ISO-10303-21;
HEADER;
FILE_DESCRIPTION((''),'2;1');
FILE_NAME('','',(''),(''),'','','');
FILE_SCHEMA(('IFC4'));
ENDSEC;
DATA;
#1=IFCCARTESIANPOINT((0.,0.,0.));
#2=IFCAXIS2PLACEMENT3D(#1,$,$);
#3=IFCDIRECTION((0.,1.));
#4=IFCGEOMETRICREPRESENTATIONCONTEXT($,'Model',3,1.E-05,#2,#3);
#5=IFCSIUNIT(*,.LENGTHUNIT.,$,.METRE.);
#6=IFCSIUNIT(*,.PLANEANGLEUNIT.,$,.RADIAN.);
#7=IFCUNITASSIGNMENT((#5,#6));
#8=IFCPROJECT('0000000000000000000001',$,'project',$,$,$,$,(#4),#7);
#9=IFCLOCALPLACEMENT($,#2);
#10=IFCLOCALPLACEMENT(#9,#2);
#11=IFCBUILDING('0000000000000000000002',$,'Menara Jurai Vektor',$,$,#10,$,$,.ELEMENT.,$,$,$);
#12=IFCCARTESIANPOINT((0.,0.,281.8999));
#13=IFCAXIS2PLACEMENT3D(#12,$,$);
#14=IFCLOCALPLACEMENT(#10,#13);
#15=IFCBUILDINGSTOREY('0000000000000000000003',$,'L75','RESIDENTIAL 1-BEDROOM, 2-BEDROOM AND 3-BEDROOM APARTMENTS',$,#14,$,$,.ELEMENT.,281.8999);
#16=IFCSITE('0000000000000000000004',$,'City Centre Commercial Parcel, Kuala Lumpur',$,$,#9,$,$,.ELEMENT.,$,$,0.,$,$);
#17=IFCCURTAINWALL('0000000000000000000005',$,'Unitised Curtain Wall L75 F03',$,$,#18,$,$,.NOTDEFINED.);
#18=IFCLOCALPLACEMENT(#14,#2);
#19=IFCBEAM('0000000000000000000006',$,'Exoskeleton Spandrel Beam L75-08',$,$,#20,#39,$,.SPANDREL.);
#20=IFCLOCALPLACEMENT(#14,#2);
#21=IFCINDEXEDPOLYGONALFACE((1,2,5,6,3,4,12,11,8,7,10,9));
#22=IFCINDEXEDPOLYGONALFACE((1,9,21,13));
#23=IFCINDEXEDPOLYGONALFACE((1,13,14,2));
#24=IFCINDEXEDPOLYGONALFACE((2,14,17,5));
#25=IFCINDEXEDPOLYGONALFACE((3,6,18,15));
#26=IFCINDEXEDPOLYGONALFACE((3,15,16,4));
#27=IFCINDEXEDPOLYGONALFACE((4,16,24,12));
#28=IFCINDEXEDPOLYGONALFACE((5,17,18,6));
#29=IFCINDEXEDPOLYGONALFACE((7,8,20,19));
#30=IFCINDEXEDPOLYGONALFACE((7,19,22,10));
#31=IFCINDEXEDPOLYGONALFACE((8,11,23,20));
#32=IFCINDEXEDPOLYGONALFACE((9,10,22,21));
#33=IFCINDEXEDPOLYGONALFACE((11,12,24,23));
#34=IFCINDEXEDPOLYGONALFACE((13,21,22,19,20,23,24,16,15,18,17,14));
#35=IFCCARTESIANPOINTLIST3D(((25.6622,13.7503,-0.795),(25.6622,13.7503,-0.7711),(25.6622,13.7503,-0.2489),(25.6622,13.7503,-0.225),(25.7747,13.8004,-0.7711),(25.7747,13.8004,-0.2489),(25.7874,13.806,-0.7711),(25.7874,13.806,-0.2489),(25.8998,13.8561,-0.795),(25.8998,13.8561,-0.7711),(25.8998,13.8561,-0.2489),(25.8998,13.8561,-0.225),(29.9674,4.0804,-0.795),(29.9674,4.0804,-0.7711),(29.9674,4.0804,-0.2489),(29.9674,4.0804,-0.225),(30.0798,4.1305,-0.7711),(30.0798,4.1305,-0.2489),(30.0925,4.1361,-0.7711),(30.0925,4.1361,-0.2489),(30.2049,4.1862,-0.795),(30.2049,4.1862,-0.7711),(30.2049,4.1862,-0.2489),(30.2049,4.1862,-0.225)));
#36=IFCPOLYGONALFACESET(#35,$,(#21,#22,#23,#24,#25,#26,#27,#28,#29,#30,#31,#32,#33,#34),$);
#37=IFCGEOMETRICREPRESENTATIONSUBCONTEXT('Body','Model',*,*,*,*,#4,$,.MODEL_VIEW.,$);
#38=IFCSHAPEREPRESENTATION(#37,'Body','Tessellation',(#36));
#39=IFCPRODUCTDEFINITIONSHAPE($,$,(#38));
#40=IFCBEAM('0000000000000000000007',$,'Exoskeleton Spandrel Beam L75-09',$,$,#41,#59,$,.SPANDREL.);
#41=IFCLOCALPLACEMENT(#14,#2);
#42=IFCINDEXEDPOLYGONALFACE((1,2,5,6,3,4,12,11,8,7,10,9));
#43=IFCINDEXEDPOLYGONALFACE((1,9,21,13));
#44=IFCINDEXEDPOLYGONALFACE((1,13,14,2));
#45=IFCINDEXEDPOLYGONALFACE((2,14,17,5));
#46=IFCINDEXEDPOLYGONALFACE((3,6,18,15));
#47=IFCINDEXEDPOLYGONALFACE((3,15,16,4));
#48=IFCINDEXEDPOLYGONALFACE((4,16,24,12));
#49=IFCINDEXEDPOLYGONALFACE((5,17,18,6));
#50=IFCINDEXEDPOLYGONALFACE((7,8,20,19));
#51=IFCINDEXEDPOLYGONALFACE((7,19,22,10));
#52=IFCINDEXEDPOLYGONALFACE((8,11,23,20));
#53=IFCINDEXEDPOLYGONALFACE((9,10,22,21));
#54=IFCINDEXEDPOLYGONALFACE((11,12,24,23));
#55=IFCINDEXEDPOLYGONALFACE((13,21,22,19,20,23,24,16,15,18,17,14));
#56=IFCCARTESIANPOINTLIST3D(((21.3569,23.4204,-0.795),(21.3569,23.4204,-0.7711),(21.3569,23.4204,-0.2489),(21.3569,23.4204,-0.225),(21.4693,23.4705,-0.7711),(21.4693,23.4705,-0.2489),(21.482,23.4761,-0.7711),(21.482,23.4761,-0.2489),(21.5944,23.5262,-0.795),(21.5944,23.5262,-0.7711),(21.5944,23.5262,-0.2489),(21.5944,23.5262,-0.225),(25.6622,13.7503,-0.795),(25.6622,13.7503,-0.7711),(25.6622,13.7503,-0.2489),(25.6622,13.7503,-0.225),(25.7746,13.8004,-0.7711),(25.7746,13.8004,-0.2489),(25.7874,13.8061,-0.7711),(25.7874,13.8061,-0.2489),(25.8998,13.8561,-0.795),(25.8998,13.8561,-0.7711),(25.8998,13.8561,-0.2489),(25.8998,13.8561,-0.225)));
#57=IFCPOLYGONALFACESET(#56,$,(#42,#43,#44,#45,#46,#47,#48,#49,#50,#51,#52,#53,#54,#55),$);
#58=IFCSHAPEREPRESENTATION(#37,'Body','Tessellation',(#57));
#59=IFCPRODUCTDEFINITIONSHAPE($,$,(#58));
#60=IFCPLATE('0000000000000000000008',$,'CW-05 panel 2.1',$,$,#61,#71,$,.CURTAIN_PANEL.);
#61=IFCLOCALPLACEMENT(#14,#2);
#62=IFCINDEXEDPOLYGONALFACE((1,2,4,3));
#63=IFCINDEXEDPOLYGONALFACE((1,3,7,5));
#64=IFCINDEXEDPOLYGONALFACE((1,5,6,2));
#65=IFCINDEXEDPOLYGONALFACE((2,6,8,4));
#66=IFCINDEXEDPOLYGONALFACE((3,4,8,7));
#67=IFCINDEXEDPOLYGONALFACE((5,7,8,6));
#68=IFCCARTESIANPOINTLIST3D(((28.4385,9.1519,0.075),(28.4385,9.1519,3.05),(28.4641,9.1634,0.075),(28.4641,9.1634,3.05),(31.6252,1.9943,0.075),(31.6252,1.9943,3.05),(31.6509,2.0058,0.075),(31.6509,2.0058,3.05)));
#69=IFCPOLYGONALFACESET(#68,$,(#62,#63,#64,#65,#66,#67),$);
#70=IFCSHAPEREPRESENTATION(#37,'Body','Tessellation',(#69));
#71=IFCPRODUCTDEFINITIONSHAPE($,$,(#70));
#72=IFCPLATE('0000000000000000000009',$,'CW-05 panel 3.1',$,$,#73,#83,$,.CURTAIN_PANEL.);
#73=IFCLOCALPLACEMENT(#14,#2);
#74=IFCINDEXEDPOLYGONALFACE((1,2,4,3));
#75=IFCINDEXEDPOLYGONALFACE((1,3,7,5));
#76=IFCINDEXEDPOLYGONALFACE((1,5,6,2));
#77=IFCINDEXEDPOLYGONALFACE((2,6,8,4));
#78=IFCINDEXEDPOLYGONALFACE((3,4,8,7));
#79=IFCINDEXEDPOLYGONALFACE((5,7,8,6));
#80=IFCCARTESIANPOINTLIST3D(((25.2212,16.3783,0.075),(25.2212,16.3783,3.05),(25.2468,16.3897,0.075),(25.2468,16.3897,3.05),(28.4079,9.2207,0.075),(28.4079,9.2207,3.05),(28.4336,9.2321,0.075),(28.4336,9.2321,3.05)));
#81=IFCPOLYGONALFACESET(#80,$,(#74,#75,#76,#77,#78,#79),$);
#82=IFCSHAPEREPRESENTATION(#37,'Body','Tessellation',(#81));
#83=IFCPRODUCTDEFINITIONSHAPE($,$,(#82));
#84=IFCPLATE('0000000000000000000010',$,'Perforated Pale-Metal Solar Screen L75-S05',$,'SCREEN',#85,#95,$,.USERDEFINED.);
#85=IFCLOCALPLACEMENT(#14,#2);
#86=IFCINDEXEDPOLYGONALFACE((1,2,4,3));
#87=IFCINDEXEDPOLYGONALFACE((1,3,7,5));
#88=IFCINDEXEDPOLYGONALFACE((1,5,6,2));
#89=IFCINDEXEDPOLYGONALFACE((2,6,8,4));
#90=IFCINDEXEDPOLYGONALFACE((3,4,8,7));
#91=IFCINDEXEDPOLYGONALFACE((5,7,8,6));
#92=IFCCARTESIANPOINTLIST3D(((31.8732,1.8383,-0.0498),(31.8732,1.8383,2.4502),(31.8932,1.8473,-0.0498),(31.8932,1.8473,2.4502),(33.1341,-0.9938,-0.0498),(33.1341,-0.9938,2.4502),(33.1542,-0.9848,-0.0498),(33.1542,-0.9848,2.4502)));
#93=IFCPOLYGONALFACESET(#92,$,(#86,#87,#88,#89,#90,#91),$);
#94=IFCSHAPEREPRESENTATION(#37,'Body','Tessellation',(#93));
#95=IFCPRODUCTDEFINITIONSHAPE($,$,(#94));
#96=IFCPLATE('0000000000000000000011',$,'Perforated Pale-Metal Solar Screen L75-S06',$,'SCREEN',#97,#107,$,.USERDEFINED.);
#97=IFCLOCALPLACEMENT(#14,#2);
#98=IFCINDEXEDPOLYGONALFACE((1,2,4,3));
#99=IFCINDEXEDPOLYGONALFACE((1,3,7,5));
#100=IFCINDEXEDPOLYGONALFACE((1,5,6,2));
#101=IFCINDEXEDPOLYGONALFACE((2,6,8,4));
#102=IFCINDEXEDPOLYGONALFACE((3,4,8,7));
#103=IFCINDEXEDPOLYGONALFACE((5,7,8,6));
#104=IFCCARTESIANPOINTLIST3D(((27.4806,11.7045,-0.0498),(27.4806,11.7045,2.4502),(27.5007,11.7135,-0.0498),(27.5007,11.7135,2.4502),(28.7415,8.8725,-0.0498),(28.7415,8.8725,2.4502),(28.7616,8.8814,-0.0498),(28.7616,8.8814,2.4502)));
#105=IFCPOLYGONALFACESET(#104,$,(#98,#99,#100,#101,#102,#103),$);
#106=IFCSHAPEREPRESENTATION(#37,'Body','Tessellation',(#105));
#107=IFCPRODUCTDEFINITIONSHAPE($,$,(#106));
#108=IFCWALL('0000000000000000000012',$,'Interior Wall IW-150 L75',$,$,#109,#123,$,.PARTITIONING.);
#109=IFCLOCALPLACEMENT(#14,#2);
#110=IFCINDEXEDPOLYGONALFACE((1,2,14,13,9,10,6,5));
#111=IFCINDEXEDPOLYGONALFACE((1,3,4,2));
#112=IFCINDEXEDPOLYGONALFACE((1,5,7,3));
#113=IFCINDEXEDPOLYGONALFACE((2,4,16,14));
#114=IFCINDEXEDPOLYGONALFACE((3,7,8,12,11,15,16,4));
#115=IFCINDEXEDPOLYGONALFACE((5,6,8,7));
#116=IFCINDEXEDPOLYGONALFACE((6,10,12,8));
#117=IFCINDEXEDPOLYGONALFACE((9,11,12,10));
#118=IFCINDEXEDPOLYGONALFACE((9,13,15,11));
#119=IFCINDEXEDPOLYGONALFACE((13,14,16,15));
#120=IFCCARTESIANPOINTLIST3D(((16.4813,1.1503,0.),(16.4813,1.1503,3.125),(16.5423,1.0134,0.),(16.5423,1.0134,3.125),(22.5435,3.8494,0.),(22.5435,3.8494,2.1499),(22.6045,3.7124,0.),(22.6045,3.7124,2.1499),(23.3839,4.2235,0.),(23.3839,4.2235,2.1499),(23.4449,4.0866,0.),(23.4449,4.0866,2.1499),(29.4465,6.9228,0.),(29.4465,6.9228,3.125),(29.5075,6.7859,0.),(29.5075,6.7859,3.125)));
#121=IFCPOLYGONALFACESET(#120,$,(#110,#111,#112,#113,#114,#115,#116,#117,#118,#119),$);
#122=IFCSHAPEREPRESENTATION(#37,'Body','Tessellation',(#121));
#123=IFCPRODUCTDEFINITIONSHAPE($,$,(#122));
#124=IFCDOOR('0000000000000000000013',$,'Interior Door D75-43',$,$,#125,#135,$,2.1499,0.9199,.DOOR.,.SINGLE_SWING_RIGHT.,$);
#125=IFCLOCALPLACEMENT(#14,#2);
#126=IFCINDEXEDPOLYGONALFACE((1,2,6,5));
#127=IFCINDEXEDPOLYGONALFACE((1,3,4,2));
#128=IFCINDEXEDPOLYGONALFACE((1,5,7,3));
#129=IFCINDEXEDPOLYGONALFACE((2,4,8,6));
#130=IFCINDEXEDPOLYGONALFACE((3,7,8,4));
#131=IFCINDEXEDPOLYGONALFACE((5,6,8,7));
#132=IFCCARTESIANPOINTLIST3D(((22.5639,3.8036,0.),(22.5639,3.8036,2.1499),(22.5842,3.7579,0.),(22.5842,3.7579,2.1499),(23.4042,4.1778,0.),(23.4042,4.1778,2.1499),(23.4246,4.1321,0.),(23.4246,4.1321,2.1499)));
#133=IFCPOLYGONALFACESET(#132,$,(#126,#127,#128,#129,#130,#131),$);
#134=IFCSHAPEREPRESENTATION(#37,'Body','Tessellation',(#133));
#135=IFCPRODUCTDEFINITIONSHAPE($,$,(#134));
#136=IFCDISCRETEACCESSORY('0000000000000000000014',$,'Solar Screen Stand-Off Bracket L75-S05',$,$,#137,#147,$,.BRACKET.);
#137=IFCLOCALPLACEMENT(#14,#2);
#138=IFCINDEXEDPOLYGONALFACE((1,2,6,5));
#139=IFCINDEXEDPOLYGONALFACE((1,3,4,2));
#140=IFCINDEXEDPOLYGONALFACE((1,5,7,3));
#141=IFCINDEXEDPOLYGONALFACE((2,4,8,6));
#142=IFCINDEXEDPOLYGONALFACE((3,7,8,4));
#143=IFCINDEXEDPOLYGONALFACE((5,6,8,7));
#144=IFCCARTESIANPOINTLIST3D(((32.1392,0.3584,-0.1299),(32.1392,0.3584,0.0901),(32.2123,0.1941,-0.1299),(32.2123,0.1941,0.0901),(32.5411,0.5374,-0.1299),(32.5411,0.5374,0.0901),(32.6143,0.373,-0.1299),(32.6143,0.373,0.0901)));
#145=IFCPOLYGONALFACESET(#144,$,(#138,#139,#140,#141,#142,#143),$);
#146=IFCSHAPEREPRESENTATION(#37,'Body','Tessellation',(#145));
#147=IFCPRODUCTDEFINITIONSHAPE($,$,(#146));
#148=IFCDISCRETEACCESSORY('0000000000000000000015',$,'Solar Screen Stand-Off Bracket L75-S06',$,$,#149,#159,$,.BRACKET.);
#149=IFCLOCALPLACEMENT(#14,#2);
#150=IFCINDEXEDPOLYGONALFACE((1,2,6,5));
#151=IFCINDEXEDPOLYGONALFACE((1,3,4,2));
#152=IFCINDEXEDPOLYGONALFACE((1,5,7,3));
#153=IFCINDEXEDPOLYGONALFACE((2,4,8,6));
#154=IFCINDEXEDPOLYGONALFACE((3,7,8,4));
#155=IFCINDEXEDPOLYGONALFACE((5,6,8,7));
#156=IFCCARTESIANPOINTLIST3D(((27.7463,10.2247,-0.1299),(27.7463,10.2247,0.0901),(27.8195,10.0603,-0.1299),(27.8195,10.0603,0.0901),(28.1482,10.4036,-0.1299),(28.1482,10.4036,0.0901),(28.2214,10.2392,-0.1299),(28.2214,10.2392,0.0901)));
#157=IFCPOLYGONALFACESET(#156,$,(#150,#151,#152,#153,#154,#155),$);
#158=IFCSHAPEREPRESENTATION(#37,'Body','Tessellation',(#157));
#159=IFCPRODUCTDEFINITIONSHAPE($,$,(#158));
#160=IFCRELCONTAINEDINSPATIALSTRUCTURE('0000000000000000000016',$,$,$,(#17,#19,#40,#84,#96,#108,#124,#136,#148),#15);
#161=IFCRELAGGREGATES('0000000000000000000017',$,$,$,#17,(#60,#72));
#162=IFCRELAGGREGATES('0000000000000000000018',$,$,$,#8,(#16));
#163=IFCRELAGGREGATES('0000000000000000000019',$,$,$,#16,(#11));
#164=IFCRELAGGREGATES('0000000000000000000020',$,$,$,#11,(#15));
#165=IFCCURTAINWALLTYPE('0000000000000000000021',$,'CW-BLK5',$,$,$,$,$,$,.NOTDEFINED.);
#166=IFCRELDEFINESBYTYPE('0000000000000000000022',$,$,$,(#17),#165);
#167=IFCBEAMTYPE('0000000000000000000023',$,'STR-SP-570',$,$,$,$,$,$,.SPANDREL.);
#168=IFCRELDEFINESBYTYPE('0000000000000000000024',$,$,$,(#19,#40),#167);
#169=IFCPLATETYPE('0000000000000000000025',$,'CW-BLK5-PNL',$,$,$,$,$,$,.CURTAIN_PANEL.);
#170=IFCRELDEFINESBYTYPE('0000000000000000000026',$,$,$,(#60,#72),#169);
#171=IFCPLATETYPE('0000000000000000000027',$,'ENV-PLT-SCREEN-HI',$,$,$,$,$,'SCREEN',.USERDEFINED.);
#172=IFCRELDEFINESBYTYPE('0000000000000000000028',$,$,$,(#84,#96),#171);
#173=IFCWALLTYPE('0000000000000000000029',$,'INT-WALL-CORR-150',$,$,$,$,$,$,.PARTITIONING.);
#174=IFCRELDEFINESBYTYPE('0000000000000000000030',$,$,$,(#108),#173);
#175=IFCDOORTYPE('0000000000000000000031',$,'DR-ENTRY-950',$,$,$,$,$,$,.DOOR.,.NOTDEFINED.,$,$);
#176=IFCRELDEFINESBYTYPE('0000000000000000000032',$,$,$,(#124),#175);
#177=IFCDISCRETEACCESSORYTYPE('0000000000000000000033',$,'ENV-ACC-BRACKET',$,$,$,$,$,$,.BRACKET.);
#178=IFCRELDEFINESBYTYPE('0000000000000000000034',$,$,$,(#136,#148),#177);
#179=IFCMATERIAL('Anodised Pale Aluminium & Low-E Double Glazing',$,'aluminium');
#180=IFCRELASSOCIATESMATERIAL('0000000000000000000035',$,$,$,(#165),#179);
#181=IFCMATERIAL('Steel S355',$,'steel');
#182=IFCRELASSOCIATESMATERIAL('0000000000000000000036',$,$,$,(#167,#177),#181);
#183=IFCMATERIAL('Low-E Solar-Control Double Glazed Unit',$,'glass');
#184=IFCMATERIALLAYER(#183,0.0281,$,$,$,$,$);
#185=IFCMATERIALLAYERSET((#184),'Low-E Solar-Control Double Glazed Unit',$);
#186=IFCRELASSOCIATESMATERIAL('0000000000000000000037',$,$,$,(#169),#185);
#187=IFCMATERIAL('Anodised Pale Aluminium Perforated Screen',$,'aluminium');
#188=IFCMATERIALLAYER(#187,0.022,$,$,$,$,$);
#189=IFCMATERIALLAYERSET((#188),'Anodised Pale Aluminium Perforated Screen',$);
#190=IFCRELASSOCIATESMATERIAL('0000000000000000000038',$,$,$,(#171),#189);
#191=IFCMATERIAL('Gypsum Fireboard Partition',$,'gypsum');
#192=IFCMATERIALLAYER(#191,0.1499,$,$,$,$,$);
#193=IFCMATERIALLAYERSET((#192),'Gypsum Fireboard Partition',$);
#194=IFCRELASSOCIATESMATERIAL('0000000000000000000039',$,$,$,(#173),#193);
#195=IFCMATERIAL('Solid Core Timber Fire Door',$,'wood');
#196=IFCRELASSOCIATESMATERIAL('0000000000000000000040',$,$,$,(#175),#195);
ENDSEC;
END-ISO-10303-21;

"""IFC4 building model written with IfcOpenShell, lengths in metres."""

from ifc_helpers import new_model, si_unit, direction, frame, frame_2d, origin, origin_2d, place, context, subcontext, project, spatial, rectangle, i_section, extrude, material, layer, layer_set, material_profile, profile_set, type_object, element, fill, aggregate, save


model = new_model("IFC4")

# Units and contexts
model_context = context("Model", 3, precision=1e-05, world=origin(), true_north=direction((0.0, 1.0)))
body_context = subcontext(model_context, "Body", "Model", "MODEL_VIEW")
ifc_project = project(units=[si_unit("LENGTHUNIT", "METRE"), si_unit("PLANEANGLEUNIT", "RADIAN")], contexts=[model_context])

# Site, building, storey
site_placement = place(None, origin())
site = spatial("IfcSite", under=ifc_project, at=site_placement, Name="City Centre Commercial Parcel, Kuala Lumpur", CompositionType="ELEMENT", RefElevation=0.0)
building_placement = place(site_placement, origin())
building = spatial("IfcBuilding", under=site, at=building_placement, Name="Menara Jurai Vektor", CompositionType="ELEMENT")
storey_placement = place(building_placement, frame((0.0, 0.0, 281.8999)))
storey = spatial("IfcBuildingStorey", under=building, at=storey_placement, Name="L75", Description="RESIDENTIAL 1-BEDROOM, 2-BEDROOM AND 3-BEDROOM APARTMENTS", CompositionType="ELEMENT", Elevation=281.8999)

# Curtain wall
ifc_material_1 = material(Name="Anodised Pale Aluminium & Low-E Double Glazing", Category="aluminium")
curtain_wall_type = type_object("IfcCurtainWallType", Name="CW-BLK5", PredefinedType="NOTDEFINED", material=ifc_material_1)
curtain_wall_placement = place(storey_placement, origin())
curtain_wall = element("IfcCurtainWall", 1, at=curtain_wall_placement, inside=storey, type_object=curtain_wall_type, Name="Unitised Curtain Wall L75 F03", PredefinedType="NOTDEFINED")

# Beams
ifc_material_2 = material(Name="Steel S355", Category="steel")
ifc_material_profile_1 = material_profile(ifc_material_2, i_section(OverallWidth=0.26, OverallDepth=0.5701, WebThickness=0.0139, FlangeThickness=0.0239, at=origin_2d()), Name="PG 570x260x145")
ifc_profile_set_1 = profile_set([ifc_material_profile_1], Name="Steel S355")
beam_type_1 = type_object("IfcBeamType", Name="STR-SP-570", PredefinedType="SPANDREL", material=ifc_profile_set_1)
beam_1_placement = place(storey_placement, frame((30.0862, 4.1333, -0.51), z_axis=(-0.406725, 0.913551, 0.0), x_axis=(-0.913551, -0.406725, 0.0)))
element("IfcBeam", 2, at=beam_1_placement, inside=storey, type_object=beam_type_1, Name="Exoskeleton Spandrel Beam L75-08", PredefinedType="SPANDREL", context=body_context, shape_type="SweptSolid", body=[
    extrude(i_section(OverallWidth=0.26, OverallDepth=0.5701, WebThickness=0.0139, FlangeThickness=0.0239, at=origin_2d()), origin(), (0.0, 0.0, 1.0), 10.585),
])
beam_2_placement = place(storey_placement, frame((25.781, 13.8032, -0.51), z_axis=(-0.406735, 0.913546, 0.0), x_axis=(-0.913546, -0.406735, 0.0)))
element("IfcBeam", 3, at=beam_2_placement, inside=storey, type_object=beam_type_1, Name="Exoskeleton Spandrel Beam L75-09", PredefinedType="SPANDREL", context=body_context, shape_type="SweptSolid", body=[
    extrude(i_section(OverallWidth=0.26, OverallDepth=0.5701, WebThickness=0.0139, FlangeThickness=0.0239, at=origin_2d()), origin(), (0.0, 0.0, 1.0), 10.5852),
])

# Plates
ifc_material_3 = material(Name="Low-E Solar-Control Double Glazed Unit", Category="glass")
ifc_layer_1 = layer(ifc_material_3, 0.0281)
ifc_layer_set_1 = layer_set([ifc_layer_1], Name="Low-E Solar-Control Double Glazed Unit")
plate_type_1 = type_object("IfcPlateType", Name="CW-BLK5-PNL", PredefinedType="CURTAIN_PANEL", material=ifc_layer_set_1)
plate_1_placement = place(storey_placement, frame((30.0447, 5.5789, 0.075), z_axis=(0.0, 0.0, 1.0), x_axis=(-0.406735, 0.913546, 0.0)))
plate_1 = element("IfcPlate", 4, at=plate_1_placement, type_object=plate_type_1, Name="CW-05 panel 2.1", PredefinedType="CURTAIN_PANEL", context=body_context, shape_type="SweptSolid", body=[
    extrude(rectangle(XDim=7.835, YDim=0.0281, at=origin_2d()), origin(), (0.0, 0.0, 1.0), 2.9751),
])
plate_2_placement = place(storey_placement, frame((26.8274, 12.8052, 0.075), z_axis=(0.0, 0.0, 1.0), x_axis=(-0.406735, 0.913546, 0.0)))
plate_2 = element("IfcPlate", 5, at=plate_2_placement, type_object=plate_type_1, Name="CW-05 panel 3.1", PredefinedType="CURTAIN_PANEL", context=body_context, shape_type="SweptSolid", body=[
    extrude(rectangle(XDim=7.835, YDim=0.0281, at=origin_2d()), origin(), (0.0, 0.0, 1.0), 2.9751),
])
aggregate(curtain_wall, [plate_1, plate_2])

# Plates
ifc_material_4 = material(Name="Anodised Pale Aluminium Perforated Screen", Category="aluminium")
ifc_layer_2 = layer(ifc_material_4, 0.022)
ifc_layer_set_2 = layer_set([ifc_layer_2], Name="Anodised Pale Aluminium Perforated Screen")
plate_type_2 = type_object("IfcPlateType", Name="ENV-PLT-SCREEN-HI", ElementType="SCREEN", PredefinedType="USERDEFINED", material=ifc_layer_set_2)
for number, where, z_axis, x_axis, name in (
    (6, (32.5137, 0.4268, -0.0498), (0.0, 0.0, 1.0), (-0.406737, 0.913545, 0.0), "Perforated Pale-Metal Solar Screen L75-S05"),
    (7, (28.1211, 10.293, -0.0498), (0.0, 0.0, 1.0), (-0.406737, 0.913545, 0.0), "Perforated Pale-Metal Solar Screen L75-S06"),
):
    element("IfcPlate", number, at=place(storey_placement, frame(where, z_axis=z_axis, x_axis=x_axis)), inside=storey, type_object=plate_type_2, Name=name, ObjectType="SCREEN", PredefinedType="USERDEFINED", context=body_context, shape_type="SweptSolid", body=[
        extrude(rectangle(XDim=3.1001, YDim=0.022, at=origin_2d()), origin(), (0.0, 0.0, 1.0), 2.5),
    ])

# Wall, opening, door
ifc_material_5 = material(Name="Gypsum Fireboard Partition", Category="gypsum")
ifc_layer_3 = layer(ifc_material_5, 0.1499)
ifc_layer_set_3 = layer_set([ifc_layer_3], Name="Gypsum Fireboard Partition")
wall_type = type_object("IfcWallType", Name="INT-WALL-CORR-150", PredefinedType="PARTITIONING", material=ifc_layer_set_3)
wall_placement = place(storey_placement, frame((16.5117, 1.0818, 0.0), z_axis=(0.0, 0.0, 1.0), x_axis=(0.913545, 0.406739, 0.0)))
wall = element("IfcWall", 8, at=wall_placement, inside=storey, type_object=wall_type, Name="Interior Wall IW-150 L75", PredefinedType="PARTITIONING", context=body_context, shape_type="SweptSolid", body=[
    extrude(rectangle(XDim=14.1921, YDim=0.1499, at=frame_2d((7.0962, 0.0))), origin(), (0.0, 0.0, 1.0), 3.125),
])
opening_placement = place(wall_placement, frame((6.636, 0.0, 0.0)))
opening = element("IfcOpeningElement", 9, at=opening_placement, cuts=wall, PredefinedType="OPENING", context=body_context, shape_type="SweptSolid", body=[
    extrude(rectangle(XDim=0.9199, YDim=2.1499, at=frame_2d((0.46, 1.075))), frame((0.0, 0.085, 0.0), z_axis=(0.0, -1.0, 0.0), x_axis=(1.0, 0.0, 0.0)), (0.0, 0.0, 1.0), 0.1699),
])
ifc_material_6 = material(Name="Solid Core Timber Fire Door", Category="wood")
door_type = type_object("IfcDoorType", Name="DR-ENTRY-950", OperationType="NOTDEFINED", PredefinedType="DOOR", material=ifc_material_6)
door_placement = place(opening_placement, origin())
door = element("IfcDoor", 10, at=door_placement, inside=storey, type_object=door_type, Name="Interior Door D75-43", OperationType="SINGLE_SWING_RIGHT", OverallHeight=2.1499, OverallWidth=0.9199, PredefinedType="DOOR", context=body_context, shape_type="SweptSolid", body=[
    extrude(rectangle(XDim=0.9199, YDim=2.1499, at=frame_2d((0.46, 1.075))), frame((0.0, 0.0249, 0.0), z_axis=(0.0, -1.0, 0.0), x_axis=(1.0, 0.0, 0.0)), (0.0, 0.0, 1.0), 0.05),
])
fill(opening, door)

# Discrete accessories
discrete_accessory_type = type_object("IfcDiscreteAccessoryType", Name="ENV-ACC-BRACKET", PredefinedType="BRACKET", material=ifc_material_2)
for number, where, z_axis, x_axis, name in (
    (11, (32.3767, 0.3657, -0.1299), (0.0, 0.0, 1.0), (-0.406737, 0.913545, 0.0), "Solar Screen Stand-Off Bracket L75-S05"),
    (12, (27.9839, 10.2319, -0.1299), (0.0, 0.0, 1.0), (-0.406737, 0.913545, 0.0), "Solar Screen Stand-Off Bracket L75-S06"),
):
    element("IfcDiscreteAccessory", number, at=place(storey_placement, frame(where, z_axis=z_axis, x_axis=x_axis)), inside=storey, type_object=discrete_accessory_type, Name=name, PredefinedType="BRACKET", context=body_context, shape_type="SweptSolid", body=[
        extrude(rectangle(XDim=0.1799, YDim=0.4399, at=origin_2d()), origin(), (0.0, 0.0, 1.0), 0.22),
    ])

save(model, "model.ifc")
